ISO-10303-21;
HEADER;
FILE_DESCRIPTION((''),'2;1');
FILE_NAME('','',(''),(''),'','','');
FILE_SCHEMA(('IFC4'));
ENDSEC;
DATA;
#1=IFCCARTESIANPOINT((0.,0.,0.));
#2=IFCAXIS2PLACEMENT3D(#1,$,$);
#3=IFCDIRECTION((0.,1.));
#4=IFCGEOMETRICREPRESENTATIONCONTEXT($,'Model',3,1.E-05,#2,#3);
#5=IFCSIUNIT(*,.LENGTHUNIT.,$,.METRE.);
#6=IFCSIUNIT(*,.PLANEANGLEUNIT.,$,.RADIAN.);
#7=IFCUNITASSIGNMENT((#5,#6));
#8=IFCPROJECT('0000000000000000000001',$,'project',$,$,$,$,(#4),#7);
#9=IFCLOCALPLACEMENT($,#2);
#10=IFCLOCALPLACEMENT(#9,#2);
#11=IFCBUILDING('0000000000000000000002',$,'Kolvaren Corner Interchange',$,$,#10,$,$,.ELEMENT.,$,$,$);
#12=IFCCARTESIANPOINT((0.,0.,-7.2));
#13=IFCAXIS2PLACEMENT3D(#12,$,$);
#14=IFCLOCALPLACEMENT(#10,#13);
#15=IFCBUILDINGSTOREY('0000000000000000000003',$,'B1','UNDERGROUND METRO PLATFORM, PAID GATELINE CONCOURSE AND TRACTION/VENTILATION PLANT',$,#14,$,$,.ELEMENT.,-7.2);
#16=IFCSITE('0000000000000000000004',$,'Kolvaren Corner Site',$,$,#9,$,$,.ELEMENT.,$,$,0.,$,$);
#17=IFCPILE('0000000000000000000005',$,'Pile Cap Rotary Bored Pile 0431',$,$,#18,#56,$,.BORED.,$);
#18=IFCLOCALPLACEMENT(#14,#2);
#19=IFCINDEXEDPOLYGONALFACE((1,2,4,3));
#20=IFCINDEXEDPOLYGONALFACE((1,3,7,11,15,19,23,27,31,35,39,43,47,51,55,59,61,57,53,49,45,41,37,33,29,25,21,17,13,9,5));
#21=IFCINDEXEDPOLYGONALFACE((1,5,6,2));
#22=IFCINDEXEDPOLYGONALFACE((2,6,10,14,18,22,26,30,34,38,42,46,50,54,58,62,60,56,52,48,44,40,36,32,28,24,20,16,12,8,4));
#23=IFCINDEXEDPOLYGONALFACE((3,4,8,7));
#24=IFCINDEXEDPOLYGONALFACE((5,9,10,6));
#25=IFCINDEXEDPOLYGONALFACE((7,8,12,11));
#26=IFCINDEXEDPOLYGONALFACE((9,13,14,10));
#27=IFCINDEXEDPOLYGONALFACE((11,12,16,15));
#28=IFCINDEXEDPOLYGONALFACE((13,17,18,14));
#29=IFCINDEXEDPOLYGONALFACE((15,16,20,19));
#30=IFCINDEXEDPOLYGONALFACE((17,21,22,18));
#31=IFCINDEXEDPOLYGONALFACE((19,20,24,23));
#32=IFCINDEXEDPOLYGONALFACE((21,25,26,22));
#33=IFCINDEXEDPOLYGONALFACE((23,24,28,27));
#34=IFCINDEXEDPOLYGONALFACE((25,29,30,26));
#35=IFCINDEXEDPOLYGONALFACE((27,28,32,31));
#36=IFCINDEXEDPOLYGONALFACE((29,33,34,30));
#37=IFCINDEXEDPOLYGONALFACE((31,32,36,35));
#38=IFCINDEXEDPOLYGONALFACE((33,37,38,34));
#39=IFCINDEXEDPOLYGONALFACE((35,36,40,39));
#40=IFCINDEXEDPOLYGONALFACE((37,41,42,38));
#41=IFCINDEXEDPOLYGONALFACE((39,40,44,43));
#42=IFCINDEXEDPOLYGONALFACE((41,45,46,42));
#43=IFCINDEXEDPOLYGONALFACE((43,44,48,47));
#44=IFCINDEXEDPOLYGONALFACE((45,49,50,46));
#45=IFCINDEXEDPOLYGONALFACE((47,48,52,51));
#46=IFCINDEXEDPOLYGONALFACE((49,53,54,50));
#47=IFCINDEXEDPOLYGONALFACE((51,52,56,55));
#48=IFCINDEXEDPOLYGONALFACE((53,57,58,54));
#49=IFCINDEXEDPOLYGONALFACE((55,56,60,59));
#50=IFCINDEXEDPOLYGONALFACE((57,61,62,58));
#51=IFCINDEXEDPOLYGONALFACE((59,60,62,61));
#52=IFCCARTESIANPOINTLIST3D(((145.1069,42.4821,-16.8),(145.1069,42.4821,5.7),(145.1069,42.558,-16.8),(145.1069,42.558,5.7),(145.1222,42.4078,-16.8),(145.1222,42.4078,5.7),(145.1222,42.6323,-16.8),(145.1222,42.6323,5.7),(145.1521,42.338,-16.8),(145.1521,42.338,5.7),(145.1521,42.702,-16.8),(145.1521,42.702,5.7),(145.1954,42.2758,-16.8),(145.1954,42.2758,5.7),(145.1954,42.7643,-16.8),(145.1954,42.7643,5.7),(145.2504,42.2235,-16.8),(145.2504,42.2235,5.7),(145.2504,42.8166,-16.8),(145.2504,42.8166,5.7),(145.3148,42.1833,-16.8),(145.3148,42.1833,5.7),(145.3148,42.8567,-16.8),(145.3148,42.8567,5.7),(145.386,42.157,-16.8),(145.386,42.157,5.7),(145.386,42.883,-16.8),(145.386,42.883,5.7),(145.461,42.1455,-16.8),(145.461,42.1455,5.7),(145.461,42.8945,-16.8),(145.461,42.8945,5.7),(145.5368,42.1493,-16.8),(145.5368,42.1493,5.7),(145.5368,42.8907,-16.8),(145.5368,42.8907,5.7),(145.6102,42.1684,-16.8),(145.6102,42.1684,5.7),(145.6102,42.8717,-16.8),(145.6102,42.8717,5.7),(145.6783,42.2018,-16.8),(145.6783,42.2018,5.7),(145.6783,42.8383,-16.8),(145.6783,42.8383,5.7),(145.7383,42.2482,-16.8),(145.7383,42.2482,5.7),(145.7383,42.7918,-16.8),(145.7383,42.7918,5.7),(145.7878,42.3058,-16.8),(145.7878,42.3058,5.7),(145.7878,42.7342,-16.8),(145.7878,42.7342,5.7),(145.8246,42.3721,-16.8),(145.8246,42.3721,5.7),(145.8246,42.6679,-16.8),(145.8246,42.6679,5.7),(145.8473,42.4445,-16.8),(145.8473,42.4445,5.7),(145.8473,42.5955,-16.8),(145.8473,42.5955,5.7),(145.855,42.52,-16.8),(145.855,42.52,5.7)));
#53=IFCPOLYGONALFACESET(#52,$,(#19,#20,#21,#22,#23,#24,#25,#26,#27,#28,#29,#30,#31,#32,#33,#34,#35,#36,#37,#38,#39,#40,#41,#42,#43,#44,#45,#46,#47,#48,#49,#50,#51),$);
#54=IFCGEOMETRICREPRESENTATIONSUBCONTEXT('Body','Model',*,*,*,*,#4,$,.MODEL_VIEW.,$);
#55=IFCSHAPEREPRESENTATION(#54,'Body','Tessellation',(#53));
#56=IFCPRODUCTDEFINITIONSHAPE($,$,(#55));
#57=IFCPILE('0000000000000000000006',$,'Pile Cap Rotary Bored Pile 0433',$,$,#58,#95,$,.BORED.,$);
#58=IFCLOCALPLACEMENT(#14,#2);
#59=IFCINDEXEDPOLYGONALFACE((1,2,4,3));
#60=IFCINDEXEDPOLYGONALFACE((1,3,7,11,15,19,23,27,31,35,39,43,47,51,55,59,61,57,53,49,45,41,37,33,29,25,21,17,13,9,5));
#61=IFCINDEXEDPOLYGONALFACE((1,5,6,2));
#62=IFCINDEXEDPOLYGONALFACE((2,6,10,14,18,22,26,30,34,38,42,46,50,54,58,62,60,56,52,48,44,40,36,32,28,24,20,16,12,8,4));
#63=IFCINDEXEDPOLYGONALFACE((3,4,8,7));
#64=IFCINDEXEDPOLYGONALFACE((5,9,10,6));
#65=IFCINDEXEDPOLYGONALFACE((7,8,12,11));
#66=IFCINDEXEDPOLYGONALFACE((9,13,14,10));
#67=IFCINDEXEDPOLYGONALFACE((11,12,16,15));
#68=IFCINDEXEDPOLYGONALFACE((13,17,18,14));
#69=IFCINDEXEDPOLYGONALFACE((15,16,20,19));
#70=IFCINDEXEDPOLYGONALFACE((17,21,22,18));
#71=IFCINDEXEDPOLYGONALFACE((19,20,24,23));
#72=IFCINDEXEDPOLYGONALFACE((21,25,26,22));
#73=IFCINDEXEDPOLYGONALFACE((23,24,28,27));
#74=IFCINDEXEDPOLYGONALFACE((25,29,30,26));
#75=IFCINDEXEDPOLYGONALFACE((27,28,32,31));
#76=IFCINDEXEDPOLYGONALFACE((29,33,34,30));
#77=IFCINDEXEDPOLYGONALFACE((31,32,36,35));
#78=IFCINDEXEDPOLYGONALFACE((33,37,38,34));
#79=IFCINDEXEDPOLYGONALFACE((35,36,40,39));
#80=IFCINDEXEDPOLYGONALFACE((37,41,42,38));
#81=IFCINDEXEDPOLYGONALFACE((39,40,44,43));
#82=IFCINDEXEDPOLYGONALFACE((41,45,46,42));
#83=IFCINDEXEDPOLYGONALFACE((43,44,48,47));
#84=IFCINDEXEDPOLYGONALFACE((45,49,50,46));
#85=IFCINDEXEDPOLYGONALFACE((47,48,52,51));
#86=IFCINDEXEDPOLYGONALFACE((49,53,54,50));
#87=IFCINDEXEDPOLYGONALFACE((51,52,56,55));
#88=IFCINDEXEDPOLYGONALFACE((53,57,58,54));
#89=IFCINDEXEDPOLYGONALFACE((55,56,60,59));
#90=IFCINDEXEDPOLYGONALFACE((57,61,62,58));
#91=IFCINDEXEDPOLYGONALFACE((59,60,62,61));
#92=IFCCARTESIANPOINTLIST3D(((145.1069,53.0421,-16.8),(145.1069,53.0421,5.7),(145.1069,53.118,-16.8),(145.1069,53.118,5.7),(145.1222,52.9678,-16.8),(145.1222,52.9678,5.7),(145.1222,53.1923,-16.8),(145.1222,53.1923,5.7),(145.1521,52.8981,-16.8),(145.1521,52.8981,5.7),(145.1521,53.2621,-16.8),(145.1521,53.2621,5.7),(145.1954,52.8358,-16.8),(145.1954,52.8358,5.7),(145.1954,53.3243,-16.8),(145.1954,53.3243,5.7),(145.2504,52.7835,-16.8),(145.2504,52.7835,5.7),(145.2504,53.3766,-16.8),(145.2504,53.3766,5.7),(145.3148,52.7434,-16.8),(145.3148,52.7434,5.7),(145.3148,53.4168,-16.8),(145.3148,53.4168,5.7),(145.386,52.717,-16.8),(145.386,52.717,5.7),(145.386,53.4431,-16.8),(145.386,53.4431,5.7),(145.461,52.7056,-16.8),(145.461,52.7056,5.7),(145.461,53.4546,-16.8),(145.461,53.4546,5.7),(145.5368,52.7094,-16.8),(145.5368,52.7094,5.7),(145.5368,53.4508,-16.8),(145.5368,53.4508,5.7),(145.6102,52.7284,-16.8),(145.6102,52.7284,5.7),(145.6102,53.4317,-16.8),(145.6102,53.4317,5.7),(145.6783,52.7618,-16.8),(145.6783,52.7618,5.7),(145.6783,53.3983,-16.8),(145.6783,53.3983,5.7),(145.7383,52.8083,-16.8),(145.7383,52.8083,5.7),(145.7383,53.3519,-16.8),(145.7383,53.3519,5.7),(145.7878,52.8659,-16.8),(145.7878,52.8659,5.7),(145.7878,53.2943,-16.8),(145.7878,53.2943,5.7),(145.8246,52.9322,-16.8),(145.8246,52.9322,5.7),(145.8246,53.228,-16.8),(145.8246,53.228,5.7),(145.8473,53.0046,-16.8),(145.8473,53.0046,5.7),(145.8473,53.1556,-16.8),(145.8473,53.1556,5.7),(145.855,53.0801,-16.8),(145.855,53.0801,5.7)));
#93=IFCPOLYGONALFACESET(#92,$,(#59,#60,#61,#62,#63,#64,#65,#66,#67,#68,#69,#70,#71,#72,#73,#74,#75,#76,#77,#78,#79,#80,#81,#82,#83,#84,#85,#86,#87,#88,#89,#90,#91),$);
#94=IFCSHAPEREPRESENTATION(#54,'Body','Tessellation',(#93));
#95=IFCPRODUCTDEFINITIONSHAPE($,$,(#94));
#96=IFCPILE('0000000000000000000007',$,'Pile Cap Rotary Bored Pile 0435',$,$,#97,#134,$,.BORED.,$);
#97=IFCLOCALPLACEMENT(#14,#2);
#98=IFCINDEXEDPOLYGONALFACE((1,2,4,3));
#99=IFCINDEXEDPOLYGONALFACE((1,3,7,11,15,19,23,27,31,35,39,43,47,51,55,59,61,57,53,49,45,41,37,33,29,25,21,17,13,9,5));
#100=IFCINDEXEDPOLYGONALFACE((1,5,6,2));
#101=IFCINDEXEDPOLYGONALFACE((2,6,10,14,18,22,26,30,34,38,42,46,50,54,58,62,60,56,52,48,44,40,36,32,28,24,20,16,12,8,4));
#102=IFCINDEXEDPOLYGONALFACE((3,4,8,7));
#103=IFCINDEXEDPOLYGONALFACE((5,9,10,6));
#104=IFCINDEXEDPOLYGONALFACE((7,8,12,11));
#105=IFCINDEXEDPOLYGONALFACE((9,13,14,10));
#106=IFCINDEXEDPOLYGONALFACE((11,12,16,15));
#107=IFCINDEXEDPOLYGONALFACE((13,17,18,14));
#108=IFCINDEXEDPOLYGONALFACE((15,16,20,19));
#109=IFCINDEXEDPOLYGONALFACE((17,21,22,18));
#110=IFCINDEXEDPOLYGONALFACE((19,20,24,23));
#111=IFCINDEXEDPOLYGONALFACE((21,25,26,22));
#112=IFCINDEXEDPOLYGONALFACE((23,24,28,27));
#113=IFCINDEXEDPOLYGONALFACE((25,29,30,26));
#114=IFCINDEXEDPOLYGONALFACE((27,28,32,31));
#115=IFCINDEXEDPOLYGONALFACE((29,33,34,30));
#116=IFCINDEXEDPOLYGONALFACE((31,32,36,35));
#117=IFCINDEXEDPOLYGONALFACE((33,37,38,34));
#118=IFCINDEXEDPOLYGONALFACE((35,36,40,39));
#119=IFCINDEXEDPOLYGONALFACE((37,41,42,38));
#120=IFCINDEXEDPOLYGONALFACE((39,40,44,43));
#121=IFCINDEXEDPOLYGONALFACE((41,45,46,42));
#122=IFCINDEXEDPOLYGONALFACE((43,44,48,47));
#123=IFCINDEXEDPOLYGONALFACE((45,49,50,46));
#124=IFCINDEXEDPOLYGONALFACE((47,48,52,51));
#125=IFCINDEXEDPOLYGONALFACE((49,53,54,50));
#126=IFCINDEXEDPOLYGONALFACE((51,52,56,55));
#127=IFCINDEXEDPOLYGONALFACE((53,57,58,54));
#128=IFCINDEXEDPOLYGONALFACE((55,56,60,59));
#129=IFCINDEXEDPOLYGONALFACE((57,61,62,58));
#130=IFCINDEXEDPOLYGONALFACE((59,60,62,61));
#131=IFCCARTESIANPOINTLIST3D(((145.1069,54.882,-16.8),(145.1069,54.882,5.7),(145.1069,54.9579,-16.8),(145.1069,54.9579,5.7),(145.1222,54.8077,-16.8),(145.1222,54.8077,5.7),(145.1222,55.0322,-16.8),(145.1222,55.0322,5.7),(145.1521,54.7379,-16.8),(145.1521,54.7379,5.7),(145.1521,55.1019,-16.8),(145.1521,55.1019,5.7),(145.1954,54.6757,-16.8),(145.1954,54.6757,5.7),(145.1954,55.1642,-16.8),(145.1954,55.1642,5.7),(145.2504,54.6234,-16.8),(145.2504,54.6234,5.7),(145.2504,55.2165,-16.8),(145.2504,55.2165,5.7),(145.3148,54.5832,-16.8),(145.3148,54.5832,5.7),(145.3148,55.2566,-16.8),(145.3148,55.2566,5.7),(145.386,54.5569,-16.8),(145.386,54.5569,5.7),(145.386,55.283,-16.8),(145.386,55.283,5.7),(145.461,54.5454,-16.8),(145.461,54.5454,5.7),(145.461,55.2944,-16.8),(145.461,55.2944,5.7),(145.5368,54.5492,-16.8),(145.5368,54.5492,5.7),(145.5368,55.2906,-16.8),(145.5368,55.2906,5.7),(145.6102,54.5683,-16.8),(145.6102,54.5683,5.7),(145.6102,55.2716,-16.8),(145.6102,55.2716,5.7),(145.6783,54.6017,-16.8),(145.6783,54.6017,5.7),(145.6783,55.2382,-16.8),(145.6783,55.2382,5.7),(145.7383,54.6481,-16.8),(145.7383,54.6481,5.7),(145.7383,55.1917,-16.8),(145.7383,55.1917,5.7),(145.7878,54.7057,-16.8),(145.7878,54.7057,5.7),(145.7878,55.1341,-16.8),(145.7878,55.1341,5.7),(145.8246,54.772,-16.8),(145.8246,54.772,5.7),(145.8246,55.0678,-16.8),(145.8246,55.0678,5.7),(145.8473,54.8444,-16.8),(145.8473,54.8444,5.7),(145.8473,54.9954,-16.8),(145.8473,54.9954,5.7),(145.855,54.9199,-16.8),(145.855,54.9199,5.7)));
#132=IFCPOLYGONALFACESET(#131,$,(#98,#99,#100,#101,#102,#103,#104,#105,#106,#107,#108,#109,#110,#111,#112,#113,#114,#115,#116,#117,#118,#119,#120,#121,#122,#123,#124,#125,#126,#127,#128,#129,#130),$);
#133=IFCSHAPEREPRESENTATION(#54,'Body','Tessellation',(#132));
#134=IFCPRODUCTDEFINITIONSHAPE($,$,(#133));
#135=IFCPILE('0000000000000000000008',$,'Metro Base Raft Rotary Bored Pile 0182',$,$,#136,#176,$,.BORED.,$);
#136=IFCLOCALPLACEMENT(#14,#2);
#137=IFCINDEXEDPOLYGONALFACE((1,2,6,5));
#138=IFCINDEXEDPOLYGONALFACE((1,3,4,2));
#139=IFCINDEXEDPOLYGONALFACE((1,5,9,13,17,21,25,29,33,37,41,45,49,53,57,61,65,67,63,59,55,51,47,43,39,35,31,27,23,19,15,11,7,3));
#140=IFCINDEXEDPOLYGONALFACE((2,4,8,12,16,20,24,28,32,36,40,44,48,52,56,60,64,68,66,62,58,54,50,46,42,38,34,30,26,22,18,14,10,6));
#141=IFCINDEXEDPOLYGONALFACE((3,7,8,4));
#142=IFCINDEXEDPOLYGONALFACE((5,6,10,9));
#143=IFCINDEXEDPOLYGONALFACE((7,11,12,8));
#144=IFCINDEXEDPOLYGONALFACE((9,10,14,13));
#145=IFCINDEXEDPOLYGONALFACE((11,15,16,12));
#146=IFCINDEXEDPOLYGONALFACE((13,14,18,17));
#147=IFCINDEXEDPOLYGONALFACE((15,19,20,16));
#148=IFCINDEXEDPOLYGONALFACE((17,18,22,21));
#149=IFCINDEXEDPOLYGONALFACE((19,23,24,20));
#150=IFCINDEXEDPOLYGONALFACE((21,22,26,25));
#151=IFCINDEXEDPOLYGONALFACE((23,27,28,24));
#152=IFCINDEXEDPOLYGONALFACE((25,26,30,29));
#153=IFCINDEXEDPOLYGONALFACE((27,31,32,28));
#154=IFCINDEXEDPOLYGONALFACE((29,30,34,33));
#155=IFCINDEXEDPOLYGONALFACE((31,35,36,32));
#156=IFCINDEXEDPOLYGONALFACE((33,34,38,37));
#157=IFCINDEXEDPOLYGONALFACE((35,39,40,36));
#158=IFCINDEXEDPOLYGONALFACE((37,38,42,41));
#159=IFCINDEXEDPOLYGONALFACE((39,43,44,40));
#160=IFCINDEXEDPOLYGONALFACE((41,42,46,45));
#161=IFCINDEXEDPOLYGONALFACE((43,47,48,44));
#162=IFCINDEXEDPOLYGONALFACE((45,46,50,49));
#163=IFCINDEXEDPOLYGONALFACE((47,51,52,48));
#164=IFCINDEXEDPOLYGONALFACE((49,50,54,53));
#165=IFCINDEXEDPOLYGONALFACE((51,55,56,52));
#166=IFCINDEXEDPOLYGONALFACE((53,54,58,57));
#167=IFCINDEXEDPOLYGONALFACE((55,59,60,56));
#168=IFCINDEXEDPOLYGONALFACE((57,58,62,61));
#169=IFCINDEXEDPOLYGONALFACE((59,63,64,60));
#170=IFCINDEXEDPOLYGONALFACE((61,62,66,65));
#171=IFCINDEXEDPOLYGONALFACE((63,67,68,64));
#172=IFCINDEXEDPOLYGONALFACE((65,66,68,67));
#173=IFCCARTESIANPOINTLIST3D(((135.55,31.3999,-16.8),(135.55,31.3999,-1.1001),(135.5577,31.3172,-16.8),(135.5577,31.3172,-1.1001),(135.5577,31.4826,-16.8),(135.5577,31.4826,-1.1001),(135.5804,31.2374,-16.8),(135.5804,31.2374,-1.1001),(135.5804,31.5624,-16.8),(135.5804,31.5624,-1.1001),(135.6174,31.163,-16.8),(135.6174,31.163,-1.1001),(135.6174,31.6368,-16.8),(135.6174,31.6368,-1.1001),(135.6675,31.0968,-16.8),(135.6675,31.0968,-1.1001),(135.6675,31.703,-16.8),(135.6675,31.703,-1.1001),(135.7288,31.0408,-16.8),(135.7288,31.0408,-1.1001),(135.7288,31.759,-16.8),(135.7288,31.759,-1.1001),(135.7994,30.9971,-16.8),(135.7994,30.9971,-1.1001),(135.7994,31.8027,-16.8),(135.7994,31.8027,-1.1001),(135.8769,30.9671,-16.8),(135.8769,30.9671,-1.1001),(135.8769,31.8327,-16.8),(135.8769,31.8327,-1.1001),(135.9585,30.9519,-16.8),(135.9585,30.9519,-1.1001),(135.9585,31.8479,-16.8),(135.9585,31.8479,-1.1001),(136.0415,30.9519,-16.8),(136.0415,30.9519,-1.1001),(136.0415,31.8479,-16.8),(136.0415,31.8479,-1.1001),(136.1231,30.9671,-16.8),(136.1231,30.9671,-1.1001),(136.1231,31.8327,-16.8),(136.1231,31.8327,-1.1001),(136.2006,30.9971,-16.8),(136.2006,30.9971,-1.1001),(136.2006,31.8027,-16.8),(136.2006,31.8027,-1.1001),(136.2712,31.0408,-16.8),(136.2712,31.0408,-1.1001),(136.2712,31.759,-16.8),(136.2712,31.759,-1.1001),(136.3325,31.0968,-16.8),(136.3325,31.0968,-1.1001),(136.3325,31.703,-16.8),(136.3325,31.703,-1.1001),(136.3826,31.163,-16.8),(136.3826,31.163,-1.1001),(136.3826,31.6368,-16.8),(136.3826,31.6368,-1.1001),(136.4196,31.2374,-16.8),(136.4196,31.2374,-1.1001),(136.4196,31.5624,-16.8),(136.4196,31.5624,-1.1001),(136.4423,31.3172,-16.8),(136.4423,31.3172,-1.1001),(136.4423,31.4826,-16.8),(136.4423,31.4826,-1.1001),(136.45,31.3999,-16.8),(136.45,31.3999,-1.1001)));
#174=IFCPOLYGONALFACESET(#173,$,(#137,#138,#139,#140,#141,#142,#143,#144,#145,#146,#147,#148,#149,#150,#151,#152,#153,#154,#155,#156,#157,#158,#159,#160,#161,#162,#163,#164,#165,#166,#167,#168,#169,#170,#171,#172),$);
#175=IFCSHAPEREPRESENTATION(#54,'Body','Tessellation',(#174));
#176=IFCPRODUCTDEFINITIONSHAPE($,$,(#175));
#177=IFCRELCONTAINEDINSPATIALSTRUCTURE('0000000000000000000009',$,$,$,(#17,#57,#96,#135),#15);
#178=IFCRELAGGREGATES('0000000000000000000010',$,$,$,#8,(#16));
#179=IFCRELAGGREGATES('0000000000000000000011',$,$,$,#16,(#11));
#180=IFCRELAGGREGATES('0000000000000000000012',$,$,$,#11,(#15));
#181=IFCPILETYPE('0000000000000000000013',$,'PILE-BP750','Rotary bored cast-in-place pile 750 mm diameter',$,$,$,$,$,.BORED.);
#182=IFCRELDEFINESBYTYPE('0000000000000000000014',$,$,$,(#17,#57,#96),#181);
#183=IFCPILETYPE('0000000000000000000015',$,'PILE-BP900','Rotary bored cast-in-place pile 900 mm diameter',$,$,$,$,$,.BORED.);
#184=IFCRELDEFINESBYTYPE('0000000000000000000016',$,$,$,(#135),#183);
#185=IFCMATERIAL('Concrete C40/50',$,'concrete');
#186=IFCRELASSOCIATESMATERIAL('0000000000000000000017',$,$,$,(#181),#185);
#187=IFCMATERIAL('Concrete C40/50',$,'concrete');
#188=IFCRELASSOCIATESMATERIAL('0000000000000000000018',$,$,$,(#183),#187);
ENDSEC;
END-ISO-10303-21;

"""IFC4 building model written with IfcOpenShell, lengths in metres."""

from ifc_helpers import new_model, si_unit, direction, frame, origin, origin_2d, place, context, subcontext, project, spatial, circle, extrude, material, material_profile, profile_set, type_object, element, save


model = new_model("IFC4")

# Units and contexts
model_context = context("Model", 3, precision=1e-05, world=origin(), true_north=direction((0.0, 1.0)))
body_context = subcontext(model_context, "Body", "Model", "MODEL_VIEW")
ifc_project = project(units=[si_unit("LENGTHUNIT", "METRE"), si_unit("PLANEANGLEUNIT", "RADIAN")], contexts=[model_context])

# Site, building, storey
site_placement = place(None, origin())
site = spatial("IfcSite", under=ifc_project, at=site_placement, Name="Kolvaren Corner Site", CompositionType="ELEMENT", RefElevation=0.0)
building_placement = place(site_placement, origin())
building = spatial("IfcBuilding", under=site, at=building_placement, Name="Kolvaren Corner Interchange", CompositionType="ELEMENT")
storey_placement = place(building_placement, frame((0.0, 0.0, -7.2)))
storey = spatial("IfcBuildingStorey", under=building, at=storey_placement, Name="B1", Description="UNDERGROUND METRO PLATFORM, PAID GATELINE CONCOURSE AND TRACTION/VENTILATION PLANT", CompositionType="ELEMENT", Elevation=-7.2)

# Piles
ifc_material_1 = material(Name="Concrete C40/50", Category="concrete")
ifc_material_profile_1 = material_profile(ifc_material_1, circle(Radius=0.375, at=origin_2d()), Name="BORED PILE 750")
ifc_profile_set_1 = profile_set([ifc_material_profile_1], Name="Concrete C40/50")
pile_type_1 = type_object("IfcPileType", Name="PILE-BP750", Description="Rotary bored cast-in-place pile 750 mm diameter", PredefinedType="BORED", material=ifc_profile_set_1)
for number, where, z_axis, x_axis, name in (
    (1, (145.48, 42.52, 5.7), (0.0, 0.0, -1.0), (1.0, 0.0, 0.0), "Pile Cap Rotary Bored Pile 0431"),
    (2, (145.48, 53.0801, 5.7), (0.0, 0.0, -1.0), (1.0, 0.0, 0.0), "Pile Cap Rotary Bored Pile 0433"),
    (3, (145.48, 54.9199, 5.7), (0.0, 0.0, -1.0), (1.0, 0.0, 0.0), "Pile Cap Rotary Bored Pile 0435"),
):
    element("IfcPile", number, at=place(storey_placement, frame(where, z_axis=z_axis, x_axis=x_axis)), inside=storey, type_object=pile_type_1, Name=name, PredefinedType="BORED", context=body_context, shape_type="SweptSolid", body=[
        extrude(circle(Radius=0.375, at=origin_2d()), origin(), (0.0, 0.0, 1.0), 22.5),
    ])
ifc_material_2 = material(Name="Concrete C40/50", Category="concrete")
ifc_material_profile_2 = material_profile(ifc_material_2, circle(Radius=0.45, at=origin_2d()), Name="BORED PILE 900")
ifc_profile_set_2 = profile_set([ifc_material_profile_2], Name="Concrete C40/50")
pile_type_2 = type_object("IfcPileType", Name="PILE-BP900", Description="Rotary bored cast-in-place pile 900 mm diameter", PredefinedType="BORED", material=ifc_profile_set_2)
for number, where, z_axis, x_axis, name in (
    (4, (136.0, 31.3999, -1.1001), (0.0, 0.0, -1.0), (1.0, 0.0, 0.0), "Metro Base Raft Rotary Bored Pile 0182"),
):
    element("IfcPile", number, at=place(storey_placement, frame(where, z_axis=z_axis, x_axis=x_axis)), inside=storey, type_object=pile_type_2, Name=name, PredefinedType="BORED", context=body_context, shape_type="SweptSolid", body=[
        extrude(circle(Radius=0.45, at=origin_2d()), origin(), (0.0, 0.0, 1.0), 15.7),
    ])

save(model, "model.ifc")
